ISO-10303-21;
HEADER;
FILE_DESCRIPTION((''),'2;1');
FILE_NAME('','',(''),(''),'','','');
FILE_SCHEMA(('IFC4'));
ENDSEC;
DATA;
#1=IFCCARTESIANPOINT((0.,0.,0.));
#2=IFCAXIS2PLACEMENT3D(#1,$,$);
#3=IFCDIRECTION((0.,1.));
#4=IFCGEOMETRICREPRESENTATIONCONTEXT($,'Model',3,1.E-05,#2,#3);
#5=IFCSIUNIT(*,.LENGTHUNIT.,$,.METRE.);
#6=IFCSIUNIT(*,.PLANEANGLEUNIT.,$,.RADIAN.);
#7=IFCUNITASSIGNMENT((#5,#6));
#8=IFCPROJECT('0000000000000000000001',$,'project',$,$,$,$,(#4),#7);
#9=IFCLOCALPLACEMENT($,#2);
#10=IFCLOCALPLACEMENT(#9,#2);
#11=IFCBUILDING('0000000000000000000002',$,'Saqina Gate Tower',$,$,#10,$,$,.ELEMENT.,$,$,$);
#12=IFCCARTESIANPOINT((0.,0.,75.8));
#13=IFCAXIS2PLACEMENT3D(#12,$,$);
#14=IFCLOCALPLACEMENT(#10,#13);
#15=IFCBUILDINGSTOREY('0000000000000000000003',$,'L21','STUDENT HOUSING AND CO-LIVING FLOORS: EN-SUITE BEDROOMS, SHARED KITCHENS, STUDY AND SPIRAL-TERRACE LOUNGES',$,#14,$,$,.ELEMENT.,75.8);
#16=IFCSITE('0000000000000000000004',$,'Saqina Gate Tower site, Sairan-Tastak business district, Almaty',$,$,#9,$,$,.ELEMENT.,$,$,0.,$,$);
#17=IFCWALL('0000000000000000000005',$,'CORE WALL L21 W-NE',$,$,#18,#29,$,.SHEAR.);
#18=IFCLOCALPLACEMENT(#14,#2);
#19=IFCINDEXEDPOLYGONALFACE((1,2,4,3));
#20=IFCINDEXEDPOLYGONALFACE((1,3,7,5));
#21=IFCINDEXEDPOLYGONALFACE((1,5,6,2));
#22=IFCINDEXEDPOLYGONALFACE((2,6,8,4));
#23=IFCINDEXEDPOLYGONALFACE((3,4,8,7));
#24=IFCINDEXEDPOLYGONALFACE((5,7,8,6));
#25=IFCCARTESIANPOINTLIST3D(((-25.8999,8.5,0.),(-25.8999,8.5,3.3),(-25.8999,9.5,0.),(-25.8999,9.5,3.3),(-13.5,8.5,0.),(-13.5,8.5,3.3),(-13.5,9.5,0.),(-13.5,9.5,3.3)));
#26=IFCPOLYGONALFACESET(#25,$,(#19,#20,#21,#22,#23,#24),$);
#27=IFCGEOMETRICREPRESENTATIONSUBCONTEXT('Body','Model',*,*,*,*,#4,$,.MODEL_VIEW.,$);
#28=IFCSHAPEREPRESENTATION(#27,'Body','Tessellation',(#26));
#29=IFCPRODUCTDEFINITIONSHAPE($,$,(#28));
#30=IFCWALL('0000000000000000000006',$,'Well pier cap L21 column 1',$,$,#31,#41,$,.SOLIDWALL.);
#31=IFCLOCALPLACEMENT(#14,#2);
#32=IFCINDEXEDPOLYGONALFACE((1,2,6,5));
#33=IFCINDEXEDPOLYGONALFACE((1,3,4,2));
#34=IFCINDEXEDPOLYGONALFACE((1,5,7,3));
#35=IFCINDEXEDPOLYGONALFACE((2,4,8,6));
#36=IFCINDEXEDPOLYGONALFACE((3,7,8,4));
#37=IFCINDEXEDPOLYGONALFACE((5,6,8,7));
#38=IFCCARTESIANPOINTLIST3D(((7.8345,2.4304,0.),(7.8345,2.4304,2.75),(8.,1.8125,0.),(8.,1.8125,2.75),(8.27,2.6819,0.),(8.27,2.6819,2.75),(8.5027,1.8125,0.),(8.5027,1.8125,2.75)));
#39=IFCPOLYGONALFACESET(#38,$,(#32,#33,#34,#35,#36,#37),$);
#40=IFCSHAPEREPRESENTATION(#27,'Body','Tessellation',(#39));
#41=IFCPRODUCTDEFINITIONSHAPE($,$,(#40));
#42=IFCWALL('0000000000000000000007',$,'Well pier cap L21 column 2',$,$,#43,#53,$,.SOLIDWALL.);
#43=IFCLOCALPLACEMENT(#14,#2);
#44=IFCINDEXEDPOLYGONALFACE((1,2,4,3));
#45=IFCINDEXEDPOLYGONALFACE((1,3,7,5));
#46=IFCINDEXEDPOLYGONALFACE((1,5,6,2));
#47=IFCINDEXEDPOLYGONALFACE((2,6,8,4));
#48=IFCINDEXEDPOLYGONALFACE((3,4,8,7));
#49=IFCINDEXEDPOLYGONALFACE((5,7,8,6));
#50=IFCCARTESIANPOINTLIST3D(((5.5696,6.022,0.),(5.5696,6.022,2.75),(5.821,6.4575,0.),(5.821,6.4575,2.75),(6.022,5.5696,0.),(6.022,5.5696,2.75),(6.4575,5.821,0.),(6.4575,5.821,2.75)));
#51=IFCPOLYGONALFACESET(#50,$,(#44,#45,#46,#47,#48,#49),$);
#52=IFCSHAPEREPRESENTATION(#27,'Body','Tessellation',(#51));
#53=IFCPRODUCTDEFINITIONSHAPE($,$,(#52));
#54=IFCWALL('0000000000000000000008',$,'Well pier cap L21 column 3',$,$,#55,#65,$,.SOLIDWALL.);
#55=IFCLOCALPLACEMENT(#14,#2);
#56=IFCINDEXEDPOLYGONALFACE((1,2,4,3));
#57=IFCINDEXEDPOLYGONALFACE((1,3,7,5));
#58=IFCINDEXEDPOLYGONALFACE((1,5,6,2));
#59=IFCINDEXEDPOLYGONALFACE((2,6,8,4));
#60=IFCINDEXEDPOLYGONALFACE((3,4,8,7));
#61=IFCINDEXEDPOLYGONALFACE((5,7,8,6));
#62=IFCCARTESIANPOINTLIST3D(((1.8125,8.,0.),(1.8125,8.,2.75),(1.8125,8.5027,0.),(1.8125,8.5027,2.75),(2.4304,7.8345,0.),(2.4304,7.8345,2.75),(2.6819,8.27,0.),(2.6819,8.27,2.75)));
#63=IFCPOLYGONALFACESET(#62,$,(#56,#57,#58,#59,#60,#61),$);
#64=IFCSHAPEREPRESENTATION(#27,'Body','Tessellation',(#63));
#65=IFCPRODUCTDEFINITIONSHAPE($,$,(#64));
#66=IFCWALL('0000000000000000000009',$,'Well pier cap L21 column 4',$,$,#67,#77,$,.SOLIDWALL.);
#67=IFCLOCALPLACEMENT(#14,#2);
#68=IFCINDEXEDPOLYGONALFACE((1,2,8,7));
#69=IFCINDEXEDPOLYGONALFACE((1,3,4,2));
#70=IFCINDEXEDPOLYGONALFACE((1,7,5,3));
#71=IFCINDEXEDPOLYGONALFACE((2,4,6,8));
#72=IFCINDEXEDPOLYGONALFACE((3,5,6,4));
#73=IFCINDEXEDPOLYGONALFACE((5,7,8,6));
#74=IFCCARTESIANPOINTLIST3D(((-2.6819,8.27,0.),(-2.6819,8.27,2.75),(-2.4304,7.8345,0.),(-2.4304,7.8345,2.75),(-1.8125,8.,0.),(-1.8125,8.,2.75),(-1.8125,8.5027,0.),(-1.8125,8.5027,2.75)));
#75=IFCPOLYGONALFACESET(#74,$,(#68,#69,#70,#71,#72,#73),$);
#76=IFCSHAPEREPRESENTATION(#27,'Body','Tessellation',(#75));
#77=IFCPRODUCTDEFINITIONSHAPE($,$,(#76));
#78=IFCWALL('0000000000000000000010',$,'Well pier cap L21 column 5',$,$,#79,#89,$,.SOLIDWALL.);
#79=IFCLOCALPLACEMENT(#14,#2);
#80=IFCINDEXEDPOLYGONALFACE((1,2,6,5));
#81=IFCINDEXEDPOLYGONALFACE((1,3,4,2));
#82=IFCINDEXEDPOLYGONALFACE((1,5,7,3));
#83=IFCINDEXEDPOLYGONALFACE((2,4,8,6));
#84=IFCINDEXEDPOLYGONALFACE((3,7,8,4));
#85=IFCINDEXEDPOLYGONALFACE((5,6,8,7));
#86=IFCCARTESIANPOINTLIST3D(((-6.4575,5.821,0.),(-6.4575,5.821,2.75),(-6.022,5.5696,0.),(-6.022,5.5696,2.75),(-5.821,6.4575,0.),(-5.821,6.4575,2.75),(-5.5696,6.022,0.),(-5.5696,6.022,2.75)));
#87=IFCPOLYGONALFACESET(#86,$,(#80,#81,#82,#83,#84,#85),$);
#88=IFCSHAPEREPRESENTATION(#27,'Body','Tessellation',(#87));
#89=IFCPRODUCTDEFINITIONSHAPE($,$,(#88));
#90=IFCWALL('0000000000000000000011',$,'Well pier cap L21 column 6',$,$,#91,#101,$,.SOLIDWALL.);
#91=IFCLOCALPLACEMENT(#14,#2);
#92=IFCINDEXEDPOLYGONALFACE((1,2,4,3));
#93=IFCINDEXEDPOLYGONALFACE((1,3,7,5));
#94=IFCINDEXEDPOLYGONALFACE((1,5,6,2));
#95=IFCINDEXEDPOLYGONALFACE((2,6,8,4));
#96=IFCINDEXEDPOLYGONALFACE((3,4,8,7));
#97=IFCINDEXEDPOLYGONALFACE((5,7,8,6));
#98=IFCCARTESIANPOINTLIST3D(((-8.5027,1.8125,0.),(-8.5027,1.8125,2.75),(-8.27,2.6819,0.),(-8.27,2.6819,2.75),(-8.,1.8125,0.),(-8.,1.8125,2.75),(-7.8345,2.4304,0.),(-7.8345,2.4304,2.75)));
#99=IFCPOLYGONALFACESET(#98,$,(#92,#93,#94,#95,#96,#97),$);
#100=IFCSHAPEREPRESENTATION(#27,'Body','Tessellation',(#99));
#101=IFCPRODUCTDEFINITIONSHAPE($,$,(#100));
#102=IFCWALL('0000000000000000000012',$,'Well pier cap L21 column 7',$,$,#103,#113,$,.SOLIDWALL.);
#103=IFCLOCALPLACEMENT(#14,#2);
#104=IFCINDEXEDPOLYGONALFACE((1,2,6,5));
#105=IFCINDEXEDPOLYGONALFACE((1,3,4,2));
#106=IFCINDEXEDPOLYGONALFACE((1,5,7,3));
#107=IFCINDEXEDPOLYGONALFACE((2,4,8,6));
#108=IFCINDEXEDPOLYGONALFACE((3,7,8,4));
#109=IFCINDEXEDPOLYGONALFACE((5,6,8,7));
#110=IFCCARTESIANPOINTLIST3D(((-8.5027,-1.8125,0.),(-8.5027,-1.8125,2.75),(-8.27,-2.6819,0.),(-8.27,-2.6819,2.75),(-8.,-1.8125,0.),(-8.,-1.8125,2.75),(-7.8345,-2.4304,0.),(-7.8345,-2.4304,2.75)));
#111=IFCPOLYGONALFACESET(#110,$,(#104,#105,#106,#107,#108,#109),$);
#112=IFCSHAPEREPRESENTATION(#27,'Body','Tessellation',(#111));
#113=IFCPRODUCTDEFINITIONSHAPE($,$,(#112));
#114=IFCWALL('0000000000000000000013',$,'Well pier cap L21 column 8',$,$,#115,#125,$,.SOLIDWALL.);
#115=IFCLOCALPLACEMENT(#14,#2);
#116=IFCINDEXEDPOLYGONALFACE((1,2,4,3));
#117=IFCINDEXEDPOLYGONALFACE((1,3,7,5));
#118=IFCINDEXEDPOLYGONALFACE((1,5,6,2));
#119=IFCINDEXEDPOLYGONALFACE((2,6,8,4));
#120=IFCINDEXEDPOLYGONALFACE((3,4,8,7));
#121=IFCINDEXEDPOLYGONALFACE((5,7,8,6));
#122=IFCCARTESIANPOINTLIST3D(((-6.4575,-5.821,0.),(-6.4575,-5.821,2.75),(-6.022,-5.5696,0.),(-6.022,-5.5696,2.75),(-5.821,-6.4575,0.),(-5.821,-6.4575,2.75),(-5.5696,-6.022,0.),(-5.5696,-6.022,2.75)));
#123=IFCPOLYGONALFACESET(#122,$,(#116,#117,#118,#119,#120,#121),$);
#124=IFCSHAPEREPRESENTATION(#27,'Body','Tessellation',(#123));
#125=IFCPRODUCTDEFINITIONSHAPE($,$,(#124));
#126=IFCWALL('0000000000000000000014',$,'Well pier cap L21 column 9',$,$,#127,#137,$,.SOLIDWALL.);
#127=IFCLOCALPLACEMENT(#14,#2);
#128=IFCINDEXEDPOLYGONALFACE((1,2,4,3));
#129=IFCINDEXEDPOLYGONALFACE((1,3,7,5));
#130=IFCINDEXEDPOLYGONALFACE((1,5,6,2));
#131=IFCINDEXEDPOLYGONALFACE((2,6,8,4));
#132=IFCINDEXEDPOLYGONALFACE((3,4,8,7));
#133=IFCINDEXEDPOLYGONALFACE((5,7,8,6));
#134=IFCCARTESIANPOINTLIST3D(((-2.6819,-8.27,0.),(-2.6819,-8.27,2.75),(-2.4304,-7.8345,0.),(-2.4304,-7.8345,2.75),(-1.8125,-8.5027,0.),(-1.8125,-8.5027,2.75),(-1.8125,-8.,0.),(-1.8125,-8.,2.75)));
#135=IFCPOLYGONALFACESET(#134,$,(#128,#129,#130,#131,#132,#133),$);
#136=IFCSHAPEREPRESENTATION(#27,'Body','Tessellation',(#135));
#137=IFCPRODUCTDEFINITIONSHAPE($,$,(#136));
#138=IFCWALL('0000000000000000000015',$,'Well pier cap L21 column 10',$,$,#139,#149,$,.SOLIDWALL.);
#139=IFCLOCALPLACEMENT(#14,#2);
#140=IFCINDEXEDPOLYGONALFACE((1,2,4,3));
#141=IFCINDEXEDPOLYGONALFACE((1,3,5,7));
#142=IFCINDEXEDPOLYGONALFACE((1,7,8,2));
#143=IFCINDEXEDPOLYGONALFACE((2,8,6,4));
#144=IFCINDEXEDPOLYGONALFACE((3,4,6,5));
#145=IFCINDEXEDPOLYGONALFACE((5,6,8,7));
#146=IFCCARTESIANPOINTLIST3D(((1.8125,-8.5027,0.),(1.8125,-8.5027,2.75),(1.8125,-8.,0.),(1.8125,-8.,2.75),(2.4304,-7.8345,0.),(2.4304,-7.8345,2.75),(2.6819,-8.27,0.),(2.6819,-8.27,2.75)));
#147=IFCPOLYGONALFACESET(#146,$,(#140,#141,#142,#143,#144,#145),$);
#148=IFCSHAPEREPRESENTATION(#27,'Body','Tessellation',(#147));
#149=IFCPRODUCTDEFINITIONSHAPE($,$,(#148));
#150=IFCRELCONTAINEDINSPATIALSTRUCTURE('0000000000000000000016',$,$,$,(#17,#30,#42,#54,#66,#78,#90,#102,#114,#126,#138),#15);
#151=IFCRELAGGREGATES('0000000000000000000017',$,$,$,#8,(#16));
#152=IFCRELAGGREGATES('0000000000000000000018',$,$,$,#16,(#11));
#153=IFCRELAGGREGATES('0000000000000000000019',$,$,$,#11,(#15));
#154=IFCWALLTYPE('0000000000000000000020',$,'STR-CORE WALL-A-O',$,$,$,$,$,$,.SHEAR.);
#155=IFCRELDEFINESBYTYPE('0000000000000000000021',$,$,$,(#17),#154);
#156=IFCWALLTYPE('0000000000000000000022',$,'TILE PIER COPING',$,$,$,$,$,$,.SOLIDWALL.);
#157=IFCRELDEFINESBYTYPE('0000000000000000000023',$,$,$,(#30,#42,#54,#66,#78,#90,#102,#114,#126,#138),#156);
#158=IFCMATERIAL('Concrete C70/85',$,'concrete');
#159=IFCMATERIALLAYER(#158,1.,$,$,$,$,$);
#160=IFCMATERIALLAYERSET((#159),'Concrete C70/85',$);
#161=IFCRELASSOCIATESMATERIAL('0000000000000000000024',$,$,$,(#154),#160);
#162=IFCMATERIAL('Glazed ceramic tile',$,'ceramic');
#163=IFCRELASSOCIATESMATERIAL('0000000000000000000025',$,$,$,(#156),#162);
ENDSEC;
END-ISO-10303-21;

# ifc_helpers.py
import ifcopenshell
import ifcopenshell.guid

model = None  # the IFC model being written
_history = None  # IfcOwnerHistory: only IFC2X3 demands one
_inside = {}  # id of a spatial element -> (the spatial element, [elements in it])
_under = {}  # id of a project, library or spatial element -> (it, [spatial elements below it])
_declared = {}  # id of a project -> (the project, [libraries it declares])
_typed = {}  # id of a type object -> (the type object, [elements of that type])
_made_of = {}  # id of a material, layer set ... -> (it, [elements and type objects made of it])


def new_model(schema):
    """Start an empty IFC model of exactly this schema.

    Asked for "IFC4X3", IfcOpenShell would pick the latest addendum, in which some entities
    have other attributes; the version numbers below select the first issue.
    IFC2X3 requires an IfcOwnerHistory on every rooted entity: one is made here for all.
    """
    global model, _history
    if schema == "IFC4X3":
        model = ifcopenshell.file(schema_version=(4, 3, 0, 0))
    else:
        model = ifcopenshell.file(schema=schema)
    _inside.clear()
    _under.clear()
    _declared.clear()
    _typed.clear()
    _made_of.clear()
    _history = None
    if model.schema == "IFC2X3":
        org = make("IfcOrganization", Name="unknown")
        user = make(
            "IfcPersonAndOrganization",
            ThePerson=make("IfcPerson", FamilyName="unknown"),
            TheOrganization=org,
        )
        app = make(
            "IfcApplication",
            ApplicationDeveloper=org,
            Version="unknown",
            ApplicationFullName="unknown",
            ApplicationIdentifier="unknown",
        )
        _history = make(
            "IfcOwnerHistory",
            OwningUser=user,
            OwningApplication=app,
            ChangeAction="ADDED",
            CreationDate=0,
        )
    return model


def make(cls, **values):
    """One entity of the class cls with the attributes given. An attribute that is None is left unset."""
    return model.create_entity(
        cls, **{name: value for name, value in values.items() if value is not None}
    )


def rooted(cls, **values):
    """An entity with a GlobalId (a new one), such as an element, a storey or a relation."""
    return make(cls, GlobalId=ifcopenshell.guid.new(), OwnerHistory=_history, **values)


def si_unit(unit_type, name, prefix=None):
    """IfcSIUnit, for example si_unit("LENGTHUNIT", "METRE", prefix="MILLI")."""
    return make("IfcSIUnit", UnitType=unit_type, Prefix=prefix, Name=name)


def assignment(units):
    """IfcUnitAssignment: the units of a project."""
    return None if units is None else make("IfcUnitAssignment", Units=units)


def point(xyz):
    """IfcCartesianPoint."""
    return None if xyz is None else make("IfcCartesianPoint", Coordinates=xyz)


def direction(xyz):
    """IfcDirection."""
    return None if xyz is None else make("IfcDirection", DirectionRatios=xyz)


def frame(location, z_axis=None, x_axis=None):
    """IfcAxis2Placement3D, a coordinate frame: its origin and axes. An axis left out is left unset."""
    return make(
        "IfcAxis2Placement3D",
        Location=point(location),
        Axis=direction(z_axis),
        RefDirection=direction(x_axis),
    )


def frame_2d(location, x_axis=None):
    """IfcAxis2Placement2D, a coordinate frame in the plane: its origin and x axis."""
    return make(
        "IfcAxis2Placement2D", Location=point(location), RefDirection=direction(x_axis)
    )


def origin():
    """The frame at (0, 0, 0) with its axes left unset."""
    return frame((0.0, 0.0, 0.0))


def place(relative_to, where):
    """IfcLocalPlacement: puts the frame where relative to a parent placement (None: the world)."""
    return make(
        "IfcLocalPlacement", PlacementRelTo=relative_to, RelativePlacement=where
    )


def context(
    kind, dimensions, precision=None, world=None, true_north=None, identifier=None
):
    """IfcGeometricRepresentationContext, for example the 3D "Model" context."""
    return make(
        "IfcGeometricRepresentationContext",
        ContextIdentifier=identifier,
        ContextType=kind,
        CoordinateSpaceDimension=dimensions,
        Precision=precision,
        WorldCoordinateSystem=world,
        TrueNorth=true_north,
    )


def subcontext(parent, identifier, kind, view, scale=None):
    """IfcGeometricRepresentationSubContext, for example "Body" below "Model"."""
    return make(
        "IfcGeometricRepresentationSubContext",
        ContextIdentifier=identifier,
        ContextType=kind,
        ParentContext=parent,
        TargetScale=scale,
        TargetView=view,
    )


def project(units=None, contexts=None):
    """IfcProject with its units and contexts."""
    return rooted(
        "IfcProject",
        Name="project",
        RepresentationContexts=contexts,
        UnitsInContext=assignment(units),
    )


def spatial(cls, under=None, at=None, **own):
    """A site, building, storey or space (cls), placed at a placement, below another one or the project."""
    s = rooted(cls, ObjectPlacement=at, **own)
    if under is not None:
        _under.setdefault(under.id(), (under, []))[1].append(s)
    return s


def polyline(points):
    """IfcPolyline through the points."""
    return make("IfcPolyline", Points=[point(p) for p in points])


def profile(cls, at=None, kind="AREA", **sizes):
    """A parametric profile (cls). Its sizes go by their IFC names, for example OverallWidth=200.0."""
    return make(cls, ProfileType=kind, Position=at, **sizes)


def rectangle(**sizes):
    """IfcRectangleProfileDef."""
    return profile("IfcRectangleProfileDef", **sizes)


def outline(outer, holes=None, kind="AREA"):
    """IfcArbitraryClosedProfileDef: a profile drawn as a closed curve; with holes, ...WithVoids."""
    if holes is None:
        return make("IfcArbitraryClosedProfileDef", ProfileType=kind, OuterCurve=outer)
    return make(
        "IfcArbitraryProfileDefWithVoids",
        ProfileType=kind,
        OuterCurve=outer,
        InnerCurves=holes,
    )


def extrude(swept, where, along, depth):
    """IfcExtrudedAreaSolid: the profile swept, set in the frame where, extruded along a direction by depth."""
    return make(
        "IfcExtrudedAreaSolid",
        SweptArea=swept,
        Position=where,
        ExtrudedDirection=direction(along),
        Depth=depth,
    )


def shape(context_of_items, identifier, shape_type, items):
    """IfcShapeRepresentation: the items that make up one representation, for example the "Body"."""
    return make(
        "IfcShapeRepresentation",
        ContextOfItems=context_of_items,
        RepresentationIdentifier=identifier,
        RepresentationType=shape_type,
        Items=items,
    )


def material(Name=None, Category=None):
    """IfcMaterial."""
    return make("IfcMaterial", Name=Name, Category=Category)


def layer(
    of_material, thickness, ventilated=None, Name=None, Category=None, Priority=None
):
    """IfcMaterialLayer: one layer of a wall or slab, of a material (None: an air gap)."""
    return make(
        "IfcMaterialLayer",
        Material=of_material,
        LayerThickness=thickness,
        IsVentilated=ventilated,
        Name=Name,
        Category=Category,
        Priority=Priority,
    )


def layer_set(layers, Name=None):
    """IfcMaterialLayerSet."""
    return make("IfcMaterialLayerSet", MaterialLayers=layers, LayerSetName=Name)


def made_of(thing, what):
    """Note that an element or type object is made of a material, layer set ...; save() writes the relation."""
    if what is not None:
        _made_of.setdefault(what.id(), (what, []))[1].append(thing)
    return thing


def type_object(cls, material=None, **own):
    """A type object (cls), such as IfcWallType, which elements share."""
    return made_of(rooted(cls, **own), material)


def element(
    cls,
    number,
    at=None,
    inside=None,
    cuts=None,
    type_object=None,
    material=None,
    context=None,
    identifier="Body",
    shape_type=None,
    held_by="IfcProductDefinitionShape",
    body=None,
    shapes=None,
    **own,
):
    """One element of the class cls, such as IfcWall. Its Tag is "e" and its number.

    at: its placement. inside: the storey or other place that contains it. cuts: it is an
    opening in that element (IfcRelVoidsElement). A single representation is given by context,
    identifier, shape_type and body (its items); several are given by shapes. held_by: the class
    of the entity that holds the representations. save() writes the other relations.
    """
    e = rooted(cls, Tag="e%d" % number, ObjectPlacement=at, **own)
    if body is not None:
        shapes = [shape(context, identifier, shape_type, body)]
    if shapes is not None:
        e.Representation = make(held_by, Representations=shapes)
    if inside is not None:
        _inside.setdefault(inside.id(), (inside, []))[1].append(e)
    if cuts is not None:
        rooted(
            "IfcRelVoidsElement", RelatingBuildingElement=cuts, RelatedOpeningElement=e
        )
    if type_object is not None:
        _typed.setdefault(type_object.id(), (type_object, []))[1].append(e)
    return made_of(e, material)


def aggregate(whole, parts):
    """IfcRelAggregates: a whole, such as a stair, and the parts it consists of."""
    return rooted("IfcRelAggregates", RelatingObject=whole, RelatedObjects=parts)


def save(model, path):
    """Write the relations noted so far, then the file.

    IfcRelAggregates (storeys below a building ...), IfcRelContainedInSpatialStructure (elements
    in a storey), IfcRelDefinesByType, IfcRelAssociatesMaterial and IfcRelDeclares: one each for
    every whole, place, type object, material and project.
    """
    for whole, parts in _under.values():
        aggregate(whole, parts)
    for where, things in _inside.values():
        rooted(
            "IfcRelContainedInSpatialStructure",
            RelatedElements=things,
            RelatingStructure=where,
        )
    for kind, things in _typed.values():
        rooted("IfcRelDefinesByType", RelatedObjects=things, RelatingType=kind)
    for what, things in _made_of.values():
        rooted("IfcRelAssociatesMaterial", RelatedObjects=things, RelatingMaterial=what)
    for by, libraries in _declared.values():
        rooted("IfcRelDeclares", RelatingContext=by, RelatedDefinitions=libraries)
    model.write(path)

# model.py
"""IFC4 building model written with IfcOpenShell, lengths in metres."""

from ifc_helpers import new_model, si_unit, direction, frame, frame_2d, origin, place, context, subcontext, project, spatial, polyline, rectangle, outline, extrude, material, layer, layer_set, type_object, element, save


model = new_model("IFC4")

# Units and contexts
model_context = context("Model", 3, precision=1e-05, world=origin(), true_north=direction((0.0, 1.0)))
body_context = subcontext(model_context, "Body", "Model", "MODEL_VIEW")
ifc_project = project(units=[si_unit("LENGTHUNIT", "METRE"), si_unit("PLANEANGLEUNIT", "RADIAN")], contexts=[model_context])

# Site, building, storey
site_placement = place(None, origin())
site = spatial("IfcSite", under=ifc_project, at=site_placement, Name="Saqina Gate Tower site, Sairan-Tastak business district, Almaty", CompositionType="ELEMENT", RefElevation=0.0)
building_placement = place(site_placement, origin())
building = spatial("IfcBuilding", under=site, at=building_placement, Name="Saqina Gate Tower", CompositionType="ELEMENT")
storey_placement = place(building_placement, frame((0.0, 0.0, 75.8)))
storey = spatial("IfcBuildingStorey", under=building, at=storey_placement, Name="L21", Description="STUDENT HOUSING AND CO-LIVING FLOORS: EN-SUITE BEDROOMS, SHARED KITCHENS, STUDY AND SPIRAL-TERRACE LOUNGES", CompositionType="ELEMENT", Elevation=75.8)

# Walls
ifc_material_1 = material(Name="Concrete C70/85", Category="concrete")
ifc_layer_1 = layer(ifc_material_1, 1.0)
ifc_layer_set_1 = layer_set([ifc_layer_1], Name="Concrete C70/85")
wall_type_1 = type_object("IfcWallType", Name="STR-CORE WALL-A-O", PredefinedType="SHEAR", material=ifc_layer_set_1)
wall_1_placement = place(storey_placement, frame((-13.5, 9.0, 0.0), z_axis=(0.0, 0.0, 1.0), x_axis=(-1.0, 0.0, 0.0)))
element("IfcWall", 1, at=wall_1_placement, inside=storey, type_object=wall_type_1, Name="CORE WALL L21 W-NE", PredefinedType="SHEAR", context=body_context, shape_type="SweptSolid", body=[
    extrude(rectangle(XDim=12.3999, YDim=1.0, at=frame_2d((6.2, 0.0))), origin(), (0.0, 0.0, 1.0), 3.3),
])
ifc_material_2 = material(Name="Glazed ceramic tile", Category="ceramic")
wall_type_2 = type_object("IfcWallType", Name="TILE PIER COPING", PredefinedType="SOLIDWALL", material=ifc_material_2)
wall_2_placement = place(storey_placement, origin())
element("IfcWall", 2, at=wall_2_placement, inside=storey, type_object=wall_type_2, Name="Well pier cap L21 column 1", PredefinedType="SOLIDWALL", context=body_context, shape_type="SweptSolid", body=[
    extrude(outline(polyline([(8.27, 2.6819), (7.8345, 2.4304), (8.0, 1.8125), (8.5027, 1.8125), (8.27, 2.6819)])), origin(), (0.0, 0.0, 1.0), 2.75),
])
wall_3_placement = place(storey_placement, origin())
element("IfcWall", 3, at=wall_3_placement, inside=storey, type_object=wall_type_2, Name="Well pier cap L21 column 2", PredefinedType="SOLIDWALL", context=body_context, shape_type="SweptSolid", body=[
    extrude(outline(polyline([(5.821, 6.4575), (5.5696, 6.022), (6.022, 5.5696), (6.4575, 5.821), (5.821, 6.4575)])), origin(), (0.0, 0.0, 1.0), 2.75),
])
wall_4_placement = place(storey_placement, origin())
element("IfcWall", 4, at=wall_4_placement, inside=storey, type_object=wall_type_2, Name="Well pier cap L21 column 3", PredefinedType="SOLIDWALL", context=body_context, shape_type="SweptSolid", body=[
    extrude(outline(polyline([(1.8125, 8.5027), (1.8125, 8.0), (2.4304, 7.8345), (2.6819, 8.27), (1.8125, 8.5027)])), origin(), (0.0, 0.0, 1.0), 2.75),
])
wall_5_placement = place(storey_placement, origin())
element("IfcWall", 5, at=wall_5_placement, inside=storey, type_object=wall_type_2, Name="Well pier cap L21 column 4", PredefinedType="SOLIDWALL", context=body_context, shape_type="SweptSolid", body=[
    extrude(outline(polyline([(-2.6819, 8.27), (-2.4304, 7.8345), (-1.8125, 8.0), (-1.8125, 8.5027), (-2.6819, 8.27)])), origin(), (0.0, 0.0, 1.0), 2.75),
])
wall_6_placement = place(storey_placement, origin())
element("IfcWall", 6, at=wall_6_placement, inside=storey, type_object=wall_type_2, Name="Well pier cap L21 column 5", PredefinedType="SOLIDWALL", context=body_context, shape_type="SweptSolid", body=[
    extrude(outline(polyline([(-6.4575, 5.821), (-6.022, 5.5696), (-5.5696, 6.022), (-5.821, 6.4575), (-6.4575, 5.821)])), origin(), (0.0, 0.0, 1.0), 2.75),
])
wall_7_placement = place(storey_placement, origin())
element("IfcWall", 7, at=wall_7_placement, inside=storey, type_object=wall_type_2, Name="Well pier cap L21 column 6", PredefinedType="SOLIDWALL", context=body_context, shape_type="SweptSolid", body=[
    extrude(outline(polyline([(-8.5027, 1.8125), (-8.0, 1.8125), (-7.8345, 2.4304), (-8.27, 2.6819), (-8.5027, 1.8125)])), origin(), (0.0, 0.0, 1.0), 2.75),
])
wall_8_placement = place(storey_placement, origin())
element("IfcWall", 8, at=wall_8_placement, inside=storey, type_object=wall_type_2, Name="Well pier cap L21 column 7", PredefinedType="SOLIDWALL", context=body_context, shape_type="SweptSolid", body=[
    extrude(outline(polyline([(-8.27, -2.6819), (-7.8345, -2.4304), (-8.0, -1.8125), (-8.5027, -1.8125), (-8.27, -2.6819)])), origin(), (0.0, 0.0, 1.0), 2.75),
])
wall_9_placement = place(storey_placement, origin())
element("IfcWall", 9, at=wall_9_placement, inside=storey, type_object=wall_type_2, Name="Well pier cap L21 column 8", PredefinedType="SOLIDWALL", context=body_context, shape_type="SweptSolid", body=[
    extrude(outline(polyline([(-6.4575, -5.821), (-5.821, -6.4575), (-5.5696, -6.022), (-6.022, -5.5696), (-6.4575, -5.821)])), origin(), (0.0, 0.0, 1.0), 2.75),
])
wall_10_placement = place(storey_placement, origin())
element("IfcWall", 10, at=wall_10_placement, inside=storey, type_object=wall_type_2, Name="Well pier cap L21 column 9", PredefinedType="SOLIDWALL", context=body_context, shape_type="SweptSolid", body=[
    extrude(outline(polyline([(-1.8125, -8.5027), (-1.8125, -8.0), (-2.4304, -7.8345), (-2.6819, -8.27), (-1.8125, -8.5027)])), origin(), (0.0, 0.0, 1.0), 2.75),
])
wall_11_placement = place(storey_placement, origin())
element("IfcWall", 11, at=wall_11_placement, inside=storey, type_object=wall_type_2, Name="Well pier cap L21 column 10", PredefinedType="SOLIDWALL", context=body_context, shape_type="SweptSolid", body=[
    extrude(outline(polyline([(2.6819, -8.27), (2.4304, -7.8345), (1.8125, -8.0), (1.8125, -8.5027), (2.6819, -8.27)])), origin(), (0.0, 0.0, 1.0), 2.75),
])

save(model, "model.ifc")
